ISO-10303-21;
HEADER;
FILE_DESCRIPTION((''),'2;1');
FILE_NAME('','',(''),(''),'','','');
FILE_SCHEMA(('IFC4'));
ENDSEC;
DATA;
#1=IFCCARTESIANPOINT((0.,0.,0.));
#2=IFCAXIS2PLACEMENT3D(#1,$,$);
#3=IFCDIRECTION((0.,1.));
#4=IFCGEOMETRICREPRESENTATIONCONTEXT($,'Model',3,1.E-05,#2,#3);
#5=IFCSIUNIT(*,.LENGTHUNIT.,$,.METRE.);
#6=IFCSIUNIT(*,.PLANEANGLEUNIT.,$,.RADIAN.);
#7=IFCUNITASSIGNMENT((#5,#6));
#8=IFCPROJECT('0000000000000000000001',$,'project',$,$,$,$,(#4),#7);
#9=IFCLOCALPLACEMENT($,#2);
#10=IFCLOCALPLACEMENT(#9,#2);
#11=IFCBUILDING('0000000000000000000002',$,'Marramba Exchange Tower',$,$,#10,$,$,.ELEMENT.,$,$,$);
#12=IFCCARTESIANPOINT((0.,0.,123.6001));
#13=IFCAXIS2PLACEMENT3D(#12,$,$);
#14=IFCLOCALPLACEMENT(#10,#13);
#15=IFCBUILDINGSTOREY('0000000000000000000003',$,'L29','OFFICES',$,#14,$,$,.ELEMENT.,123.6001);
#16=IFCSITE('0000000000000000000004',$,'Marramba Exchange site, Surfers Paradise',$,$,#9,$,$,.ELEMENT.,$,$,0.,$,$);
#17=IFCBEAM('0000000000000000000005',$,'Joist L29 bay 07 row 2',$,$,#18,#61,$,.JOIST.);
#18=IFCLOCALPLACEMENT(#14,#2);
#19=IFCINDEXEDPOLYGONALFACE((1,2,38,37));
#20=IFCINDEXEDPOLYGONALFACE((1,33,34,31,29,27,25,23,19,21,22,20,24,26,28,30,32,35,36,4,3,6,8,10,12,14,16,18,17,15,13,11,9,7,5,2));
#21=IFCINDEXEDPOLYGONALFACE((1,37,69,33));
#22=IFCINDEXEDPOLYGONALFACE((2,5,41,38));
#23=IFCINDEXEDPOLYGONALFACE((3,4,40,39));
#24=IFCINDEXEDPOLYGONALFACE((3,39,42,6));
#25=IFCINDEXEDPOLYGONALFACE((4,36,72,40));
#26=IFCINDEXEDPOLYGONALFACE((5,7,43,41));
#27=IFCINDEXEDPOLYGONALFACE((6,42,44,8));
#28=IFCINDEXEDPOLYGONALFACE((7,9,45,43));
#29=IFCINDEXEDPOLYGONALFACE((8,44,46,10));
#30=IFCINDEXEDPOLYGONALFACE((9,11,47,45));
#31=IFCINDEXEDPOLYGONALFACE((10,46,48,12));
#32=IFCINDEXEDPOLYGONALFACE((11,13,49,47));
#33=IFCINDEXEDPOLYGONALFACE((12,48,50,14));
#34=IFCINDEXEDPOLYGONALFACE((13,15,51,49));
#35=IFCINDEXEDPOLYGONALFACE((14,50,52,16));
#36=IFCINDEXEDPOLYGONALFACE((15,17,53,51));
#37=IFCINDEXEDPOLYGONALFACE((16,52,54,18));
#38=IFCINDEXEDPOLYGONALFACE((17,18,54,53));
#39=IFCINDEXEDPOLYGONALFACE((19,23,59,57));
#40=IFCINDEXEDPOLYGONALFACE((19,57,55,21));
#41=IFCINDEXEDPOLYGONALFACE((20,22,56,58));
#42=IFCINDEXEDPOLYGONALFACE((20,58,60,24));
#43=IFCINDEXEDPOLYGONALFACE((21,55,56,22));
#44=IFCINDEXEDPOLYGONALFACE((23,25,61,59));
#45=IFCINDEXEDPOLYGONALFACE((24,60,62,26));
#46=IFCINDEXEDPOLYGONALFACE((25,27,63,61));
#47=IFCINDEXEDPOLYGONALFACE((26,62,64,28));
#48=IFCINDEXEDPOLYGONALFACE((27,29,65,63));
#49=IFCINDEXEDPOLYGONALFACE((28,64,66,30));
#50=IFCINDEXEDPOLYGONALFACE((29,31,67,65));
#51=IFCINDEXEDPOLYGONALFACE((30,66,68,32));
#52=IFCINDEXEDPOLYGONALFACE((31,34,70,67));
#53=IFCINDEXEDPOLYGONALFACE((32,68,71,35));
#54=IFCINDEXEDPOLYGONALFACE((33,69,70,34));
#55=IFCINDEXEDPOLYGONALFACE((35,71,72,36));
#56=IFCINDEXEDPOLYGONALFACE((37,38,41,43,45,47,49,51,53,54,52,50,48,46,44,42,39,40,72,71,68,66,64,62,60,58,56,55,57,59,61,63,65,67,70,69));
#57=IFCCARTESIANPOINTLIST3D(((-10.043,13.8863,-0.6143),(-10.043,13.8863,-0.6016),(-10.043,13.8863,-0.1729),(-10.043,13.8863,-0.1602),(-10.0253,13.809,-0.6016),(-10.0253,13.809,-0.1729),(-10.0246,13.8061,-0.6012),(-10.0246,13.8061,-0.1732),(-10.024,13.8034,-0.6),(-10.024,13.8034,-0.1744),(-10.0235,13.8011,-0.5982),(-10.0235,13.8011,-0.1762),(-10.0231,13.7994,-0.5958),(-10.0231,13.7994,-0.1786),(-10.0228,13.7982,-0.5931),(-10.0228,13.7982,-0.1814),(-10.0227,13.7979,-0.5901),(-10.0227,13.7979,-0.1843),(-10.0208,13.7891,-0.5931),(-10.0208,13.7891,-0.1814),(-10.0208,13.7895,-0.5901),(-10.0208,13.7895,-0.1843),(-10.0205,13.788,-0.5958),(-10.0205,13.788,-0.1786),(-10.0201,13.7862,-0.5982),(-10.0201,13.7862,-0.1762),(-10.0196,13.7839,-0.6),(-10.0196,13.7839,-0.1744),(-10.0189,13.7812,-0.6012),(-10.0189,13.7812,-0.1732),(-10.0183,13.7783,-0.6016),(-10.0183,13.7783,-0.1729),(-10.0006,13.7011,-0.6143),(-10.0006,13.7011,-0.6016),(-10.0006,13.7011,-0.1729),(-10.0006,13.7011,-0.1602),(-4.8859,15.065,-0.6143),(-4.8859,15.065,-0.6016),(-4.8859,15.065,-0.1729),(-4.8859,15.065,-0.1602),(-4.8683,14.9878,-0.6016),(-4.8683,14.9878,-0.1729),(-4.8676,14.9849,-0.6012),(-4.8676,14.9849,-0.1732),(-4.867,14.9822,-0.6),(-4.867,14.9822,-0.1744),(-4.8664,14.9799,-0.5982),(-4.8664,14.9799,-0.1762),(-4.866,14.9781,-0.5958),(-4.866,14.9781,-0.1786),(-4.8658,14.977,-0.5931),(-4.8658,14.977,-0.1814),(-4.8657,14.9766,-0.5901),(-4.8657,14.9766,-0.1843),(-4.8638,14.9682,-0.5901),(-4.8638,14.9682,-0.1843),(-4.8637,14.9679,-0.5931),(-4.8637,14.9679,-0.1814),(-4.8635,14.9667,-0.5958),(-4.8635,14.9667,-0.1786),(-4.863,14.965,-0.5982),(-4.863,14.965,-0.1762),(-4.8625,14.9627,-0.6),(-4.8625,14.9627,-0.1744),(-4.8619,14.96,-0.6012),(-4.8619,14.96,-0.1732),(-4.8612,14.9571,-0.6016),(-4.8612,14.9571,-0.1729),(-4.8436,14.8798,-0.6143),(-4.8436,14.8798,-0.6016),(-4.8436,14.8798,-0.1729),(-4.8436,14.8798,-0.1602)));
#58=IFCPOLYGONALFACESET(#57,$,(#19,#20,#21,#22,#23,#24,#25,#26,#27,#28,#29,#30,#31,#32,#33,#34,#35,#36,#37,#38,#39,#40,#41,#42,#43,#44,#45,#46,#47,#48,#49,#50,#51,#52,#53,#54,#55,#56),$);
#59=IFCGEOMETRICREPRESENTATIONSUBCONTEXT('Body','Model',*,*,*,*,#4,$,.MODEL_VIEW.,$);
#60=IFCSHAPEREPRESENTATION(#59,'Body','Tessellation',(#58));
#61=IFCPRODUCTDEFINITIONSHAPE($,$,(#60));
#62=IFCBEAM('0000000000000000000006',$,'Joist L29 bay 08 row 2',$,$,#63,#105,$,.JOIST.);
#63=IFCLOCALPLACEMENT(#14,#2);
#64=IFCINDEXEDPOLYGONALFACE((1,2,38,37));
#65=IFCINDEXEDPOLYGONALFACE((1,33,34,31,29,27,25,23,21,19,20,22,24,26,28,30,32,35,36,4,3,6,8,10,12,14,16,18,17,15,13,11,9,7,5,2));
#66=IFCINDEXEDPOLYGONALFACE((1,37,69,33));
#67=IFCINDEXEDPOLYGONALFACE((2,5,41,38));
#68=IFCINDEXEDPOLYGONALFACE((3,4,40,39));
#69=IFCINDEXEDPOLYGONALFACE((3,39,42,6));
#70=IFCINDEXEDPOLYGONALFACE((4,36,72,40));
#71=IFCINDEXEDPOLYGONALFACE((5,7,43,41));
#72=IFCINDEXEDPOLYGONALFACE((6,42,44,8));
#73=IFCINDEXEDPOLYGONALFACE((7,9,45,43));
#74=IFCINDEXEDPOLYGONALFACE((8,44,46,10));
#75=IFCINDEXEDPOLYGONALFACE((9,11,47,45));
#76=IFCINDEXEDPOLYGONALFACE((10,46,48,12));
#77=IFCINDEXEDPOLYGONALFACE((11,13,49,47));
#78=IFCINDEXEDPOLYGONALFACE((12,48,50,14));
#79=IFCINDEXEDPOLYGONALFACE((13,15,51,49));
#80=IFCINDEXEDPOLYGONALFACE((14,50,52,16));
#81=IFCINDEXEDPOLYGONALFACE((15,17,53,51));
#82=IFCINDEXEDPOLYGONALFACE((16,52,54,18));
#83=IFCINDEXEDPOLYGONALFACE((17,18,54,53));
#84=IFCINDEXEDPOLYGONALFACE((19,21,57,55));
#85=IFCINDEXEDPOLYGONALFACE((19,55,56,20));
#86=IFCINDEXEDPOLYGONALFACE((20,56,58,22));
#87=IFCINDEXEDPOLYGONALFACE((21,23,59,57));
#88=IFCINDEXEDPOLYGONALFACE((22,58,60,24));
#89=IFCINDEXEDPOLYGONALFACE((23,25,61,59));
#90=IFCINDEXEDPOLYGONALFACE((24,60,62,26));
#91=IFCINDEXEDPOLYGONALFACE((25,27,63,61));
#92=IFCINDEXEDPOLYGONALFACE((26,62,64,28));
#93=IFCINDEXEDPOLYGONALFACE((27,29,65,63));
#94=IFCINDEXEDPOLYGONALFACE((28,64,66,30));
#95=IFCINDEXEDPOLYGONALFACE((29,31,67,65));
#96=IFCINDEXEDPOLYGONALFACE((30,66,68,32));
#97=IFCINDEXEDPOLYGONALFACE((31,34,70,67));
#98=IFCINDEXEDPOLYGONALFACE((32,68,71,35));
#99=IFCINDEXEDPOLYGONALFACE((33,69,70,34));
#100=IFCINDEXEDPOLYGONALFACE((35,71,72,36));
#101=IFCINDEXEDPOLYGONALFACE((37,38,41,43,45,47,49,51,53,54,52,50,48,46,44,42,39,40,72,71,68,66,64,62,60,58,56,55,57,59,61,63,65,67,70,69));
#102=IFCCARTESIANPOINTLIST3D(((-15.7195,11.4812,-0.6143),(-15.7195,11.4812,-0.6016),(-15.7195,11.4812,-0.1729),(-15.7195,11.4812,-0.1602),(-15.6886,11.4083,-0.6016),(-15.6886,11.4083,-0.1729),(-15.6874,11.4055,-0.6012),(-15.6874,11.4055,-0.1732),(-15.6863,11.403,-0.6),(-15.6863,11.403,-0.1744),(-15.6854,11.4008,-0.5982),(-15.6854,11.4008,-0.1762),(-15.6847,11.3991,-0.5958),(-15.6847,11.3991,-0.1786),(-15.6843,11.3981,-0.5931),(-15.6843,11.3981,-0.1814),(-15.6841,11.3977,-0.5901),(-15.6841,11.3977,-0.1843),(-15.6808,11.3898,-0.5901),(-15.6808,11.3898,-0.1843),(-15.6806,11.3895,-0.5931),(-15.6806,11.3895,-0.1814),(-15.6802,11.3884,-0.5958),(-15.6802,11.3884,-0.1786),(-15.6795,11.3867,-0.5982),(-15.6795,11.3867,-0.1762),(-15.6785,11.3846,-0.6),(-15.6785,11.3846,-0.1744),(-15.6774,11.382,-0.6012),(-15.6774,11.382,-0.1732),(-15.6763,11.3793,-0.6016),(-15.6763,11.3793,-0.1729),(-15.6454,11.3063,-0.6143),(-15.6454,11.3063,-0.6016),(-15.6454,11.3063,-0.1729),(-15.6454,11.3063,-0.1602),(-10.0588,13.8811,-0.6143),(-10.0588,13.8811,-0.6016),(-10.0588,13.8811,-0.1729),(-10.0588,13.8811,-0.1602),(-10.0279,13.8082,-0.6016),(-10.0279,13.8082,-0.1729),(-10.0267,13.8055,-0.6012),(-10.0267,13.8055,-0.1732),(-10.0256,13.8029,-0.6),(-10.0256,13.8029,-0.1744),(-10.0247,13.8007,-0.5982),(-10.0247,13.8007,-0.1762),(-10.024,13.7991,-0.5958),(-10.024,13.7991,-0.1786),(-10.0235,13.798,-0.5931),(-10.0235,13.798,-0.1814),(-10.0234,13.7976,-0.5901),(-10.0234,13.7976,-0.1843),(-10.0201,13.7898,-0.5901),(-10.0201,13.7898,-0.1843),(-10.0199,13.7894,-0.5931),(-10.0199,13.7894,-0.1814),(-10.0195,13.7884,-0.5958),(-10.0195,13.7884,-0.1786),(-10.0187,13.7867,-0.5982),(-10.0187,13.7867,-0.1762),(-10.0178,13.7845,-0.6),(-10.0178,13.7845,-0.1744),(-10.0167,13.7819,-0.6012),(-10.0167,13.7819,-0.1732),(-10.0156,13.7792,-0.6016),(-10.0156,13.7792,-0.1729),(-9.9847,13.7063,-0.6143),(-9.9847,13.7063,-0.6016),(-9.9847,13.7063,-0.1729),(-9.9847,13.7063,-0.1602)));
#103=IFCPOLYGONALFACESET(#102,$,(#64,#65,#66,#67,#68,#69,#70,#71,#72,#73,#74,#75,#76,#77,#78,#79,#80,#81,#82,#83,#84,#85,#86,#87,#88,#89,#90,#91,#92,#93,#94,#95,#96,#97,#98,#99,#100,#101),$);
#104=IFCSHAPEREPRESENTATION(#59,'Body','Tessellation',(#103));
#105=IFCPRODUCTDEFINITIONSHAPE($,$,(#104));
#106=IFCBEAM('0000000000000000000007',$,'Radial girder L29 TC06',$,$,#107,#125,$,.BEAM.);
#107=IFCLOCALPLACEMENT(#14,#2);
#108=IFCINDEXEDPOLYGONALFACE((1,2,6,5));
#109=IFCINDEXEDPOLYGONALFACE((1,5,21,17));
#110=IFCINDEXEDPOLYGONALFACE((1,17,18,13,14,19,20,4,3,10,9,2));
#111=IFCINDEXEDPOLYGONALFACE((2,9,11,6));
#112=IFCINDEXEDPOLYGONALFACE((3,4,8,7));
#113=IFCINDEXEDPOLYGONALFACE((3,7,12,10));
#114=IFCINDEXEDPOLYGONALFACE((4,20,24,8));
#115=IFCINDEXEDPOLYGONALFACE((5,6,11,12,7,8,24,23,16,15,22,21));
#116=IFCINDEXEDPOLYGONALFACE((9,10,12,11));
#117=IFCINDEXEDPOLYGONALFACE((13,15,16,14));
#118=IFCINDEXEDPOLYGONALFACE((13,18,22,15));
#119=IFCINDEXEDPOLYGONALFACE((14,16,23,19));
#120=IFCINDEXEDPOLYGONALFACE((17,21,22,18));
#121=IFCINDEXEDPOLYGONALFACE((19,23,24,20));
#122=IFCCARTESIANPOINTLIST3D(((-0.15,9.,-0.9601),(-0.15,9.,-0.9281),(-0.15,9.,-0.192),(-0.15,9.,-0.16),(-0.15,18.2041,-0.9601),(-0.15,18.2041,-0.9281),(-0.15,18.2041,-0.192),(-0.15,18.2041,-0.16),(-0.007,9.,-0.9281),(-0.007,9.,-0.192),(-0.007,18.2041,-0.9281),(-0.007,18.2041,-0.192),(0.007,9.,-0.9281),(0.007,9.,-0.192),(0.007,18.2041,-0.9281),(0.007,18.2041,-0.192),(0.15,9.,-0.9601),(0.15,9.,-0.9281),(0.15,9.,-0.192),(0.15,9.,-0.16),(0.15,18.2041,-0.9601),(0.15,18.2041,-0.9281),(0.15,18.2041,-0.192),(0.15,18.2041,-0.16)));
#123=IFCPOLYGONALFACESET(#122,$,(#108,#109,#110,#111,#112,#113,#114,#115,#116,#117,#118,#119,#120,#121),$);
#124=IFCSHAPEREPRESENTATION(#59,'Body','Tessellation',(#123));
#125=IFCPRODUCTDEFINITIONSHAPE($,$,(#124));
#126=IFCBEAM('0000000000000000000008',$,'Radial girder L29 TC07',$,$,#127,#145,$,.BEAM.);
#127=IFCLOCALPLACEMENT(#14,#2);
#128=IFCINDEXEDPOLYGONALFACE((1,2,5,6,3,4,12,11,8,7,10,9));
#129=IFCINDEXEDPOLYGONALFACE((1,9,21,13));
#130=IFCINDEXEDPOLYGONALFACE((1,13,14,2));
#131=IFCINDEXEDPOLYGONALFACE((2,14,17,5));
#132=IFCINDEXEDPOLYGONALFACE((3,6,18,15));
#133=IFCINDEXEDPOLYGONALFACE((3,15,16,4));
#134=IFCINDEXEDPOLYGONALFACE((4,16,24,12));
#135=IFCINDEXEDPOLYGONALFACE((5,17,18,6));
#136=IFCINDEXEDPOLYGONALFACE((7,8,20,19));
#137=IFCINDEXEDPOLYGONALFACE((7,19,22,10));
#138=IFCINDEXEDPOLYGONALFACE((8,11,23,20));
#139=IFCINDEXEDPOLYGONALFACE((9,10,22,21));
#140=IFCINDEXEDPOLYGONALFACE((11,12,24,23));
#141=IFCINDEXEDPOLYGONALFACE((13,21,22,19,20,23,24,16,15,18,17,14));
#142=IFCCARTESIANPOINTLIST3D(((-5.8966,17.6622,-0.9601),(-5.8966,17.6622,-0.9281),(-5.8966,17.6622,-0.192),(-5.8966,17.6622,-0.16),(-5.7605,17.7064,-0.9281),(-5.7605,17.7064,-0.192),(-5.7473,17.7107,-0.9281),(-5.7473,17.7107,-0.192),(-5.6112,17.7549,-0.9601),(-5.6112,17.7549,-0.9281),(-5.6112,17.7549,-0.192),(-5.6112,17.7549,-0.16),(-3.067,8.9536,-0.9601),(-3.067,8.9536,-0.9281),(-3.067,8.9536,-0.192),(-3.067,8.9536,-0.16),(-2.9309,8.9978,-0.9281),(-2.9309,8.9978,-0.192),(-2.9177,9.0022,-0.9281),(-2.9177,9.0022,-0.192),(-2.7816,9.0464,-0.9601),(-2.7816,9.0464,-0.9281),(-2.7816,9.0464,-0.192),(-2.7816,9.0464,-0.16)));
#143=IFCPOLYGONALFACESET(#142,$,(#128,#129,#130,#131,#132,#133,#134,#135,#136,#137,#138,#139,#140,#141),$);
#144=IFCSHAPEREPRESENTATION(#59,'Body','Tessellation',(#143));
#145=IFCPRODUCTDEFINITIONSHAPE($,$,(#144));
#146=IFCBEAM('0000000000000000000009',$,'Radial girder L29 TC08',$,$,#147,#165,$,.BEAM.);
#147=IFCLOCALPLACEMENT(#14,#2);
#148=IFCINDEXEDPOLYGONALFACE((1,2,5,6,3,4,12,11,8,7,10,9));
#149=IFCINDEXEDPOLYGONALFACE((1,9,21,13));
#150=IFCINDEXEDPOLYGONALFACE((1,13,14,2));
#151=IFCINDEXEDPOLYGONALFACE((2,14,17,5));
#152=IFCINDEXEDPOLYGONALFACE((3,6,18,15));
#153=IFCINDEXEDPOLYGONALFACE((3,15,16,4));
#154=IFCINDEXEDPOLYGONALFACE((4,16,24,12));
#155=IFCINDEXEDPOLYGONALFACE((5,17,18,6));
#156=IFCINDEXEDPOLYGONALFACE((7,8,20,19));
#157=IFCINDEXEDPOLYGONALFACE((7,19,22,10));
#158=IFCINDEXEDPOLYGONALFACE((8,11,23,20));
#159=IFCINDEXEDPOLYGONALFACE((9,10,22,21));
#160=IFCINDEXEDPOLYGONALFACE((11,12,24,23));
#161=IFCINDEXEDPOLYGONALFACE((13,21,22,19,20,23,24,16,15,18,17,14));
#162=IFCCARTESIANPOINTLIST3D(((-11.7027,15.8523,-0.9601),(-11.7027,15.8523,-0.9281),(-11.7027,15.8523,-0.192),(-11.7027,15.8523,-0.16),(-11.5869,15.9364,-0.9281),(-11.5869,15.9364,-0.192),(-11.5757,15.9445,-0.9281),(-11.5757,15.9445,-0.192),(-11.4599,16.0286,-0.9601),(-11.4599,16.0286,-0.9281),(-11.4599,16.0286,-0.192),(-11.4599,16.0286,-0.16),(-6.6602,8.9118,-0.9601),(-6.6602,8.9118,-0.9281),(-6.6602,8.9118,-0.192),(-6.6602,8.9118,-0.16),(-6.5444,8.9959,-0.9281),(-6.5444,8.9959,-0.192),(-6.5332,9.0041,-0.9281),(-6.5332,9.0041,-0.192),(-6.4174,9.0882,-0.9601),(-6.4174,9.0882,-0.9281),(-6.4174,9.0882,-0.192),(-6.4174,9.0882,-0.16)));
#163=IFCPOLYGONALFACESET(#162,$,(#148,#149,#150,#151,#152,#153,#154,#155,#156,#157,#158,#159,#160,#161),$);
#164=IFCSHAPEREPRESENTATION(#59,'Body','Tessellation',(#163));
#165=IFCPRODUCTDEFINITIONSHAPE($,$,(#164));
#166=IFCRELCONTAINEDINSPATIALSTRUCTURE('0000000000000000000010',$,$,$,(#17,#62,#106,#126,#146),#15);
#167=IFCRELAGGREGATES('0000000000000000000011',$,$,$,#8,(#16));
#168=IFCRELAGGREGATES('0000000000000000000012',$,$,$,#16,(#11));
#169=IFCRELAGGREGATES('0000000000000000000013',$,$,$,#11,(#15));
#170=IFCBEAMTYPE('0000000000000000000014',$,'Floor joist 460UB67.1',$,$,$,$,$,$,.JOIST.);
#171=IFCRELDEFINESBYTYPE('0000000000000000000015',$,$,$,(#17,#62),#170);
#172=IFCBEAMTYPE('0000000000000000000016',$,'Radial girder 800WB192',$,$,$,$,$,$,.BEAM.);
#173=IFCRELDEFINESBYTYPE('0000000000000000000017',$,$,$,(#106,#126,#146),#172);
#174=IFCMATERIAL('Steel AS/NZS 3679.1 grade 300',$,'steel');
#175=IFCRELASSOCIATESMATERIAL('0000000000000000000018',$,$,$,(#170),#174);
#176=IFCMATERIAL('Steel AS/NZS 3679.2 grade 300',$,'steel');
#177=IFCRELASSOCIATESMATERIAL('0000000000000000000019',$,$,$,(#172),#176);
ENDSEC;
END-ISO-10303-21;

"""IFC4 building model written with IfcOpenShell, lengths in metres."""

from ifc_helpers import new_model, si_unit, direction, frame, origin, origin_2d, place, context, subcontext, project, spatial, i_section, extrude, material, material_profile, profile_set, type_object, element, save


model = new_model("IFC4")

# Units and contexts
model_context = context("Model", 3, precision=1e-05, world=origin(), true_north=direction((0.0, 1.0)))
body_context = subcontext(model_context, "Body", "Model", "MODEL_VIEW")
ifc_project = project(units=[si_unit("LENGTHUNIT", "METRE"), si_unit("PLANEANGLEUNIT", "RADIAN")], contexts=[model_context])

# Site, building, storey
site_placement = place(None, origin())
site = spatial("IfcSite", under=ifc_project, at=site_placement, Name="Marramba Exchange site, Surfers Paradise", CompositionType="ELEMENT", RefElevation=0.0)
building_placement = place(site_placement, origin())
building = spatial("IfcBuilding", under=site, at=building_placement, Name="Marramba Exchange Tower", CompositionType="ELEMENT")
storey_placement = place(building_placement, frame((0.0, 0.0, 123.6001)))
storey = spatial("IfcBuildingStorey", under=building, at=storey_placement, Name="L29", Description="OFFICES", CompositionType="ELEMENT", Elevation=123.6001)

# Beams
ifc_material_1 = material(Name="Steel AS/NZS 3679.1 grade 300", Category="steel")
ifc_material_profile_1 = material_profile(ifc_material_1, i_section(OverallWidth=0.1899, OverallDepth=0.4541, WebThickness=0.0085, FlangeThickness=0.0127, FilletRadius=0.0115, at=origin_2d()), Name="460UB67.1")
ifc_profile_set_1 = profile_set([ifc_material_profile_1], Name="Steel AS/NZS 3679.1 grade 300")
beam_type_1 = type_object("IfcBeamType", Name="Floor joist 460UB67.1", PredefinedType="JOIST", material=ifc_profile_set_1)
beam_1_placement = place(storey_placement, frame((-4.8647, 14.9724, -0.3872), z_axis=(-0.97486, -0.22282, 0.0), x_axis=(0.22282, -0.97486, 0.0)))
element("IfcBeam", 1, at=beam_1_placement, inside=storey, type_object=beam_type_1, Name="Joist L29 bay 07 row 2", PredefinedType="JOIST", context=body_context, shape_type="SweptSolid", body=[
    extrude(i_section(OverallWidth=0.1899, OverallDepth=0.4541, WebThickness=0.0085, FlangeThickness=0.0127, FilletRadius=0.0115, at=origin_2d()), origin(), (0.0, 0.0, 1.0), 5.29),
])
beam_2_placement = place(storey_placement, frame((-10.0217, 13.7937, -0.3872), z_axis=(-0.920674, -0.390332, 0.0), x_axis=(0.390332, -0.920674, 0.0)))
element("IfcBeam", 2, at=beam_2_placement, inside=storey, type_object=beam_type_1, Name="Joist L29 bay 08 row 2", PredefinedType="JOIST", context=body_context, shape_type="SweptSolid", body=[
    extrude(i_section(OverallWidth=0.1899, OverallDepth=0.4541, WebThickness=0.0085, FlangeThickness=0.0127, FilletRadius=0.0115, at=origin_2d()), origin(), (0.0, 0.0, 1.0), 6.1484),
])
ifc_material_2 = material(Name="Steel AS/NZS 3679.2 grade 300", Category="steel")
ifc_material_profile_2 = material_profile(ifc_material_2, i_section(OverallWidth=0.3, OverallDepth=0.8, WebThickness=0.0139, FlangeThickness=0.032, at=origin_2d()), Name="800WB192")
ifc_profile_set_2 = profile_set([ifc_material_profile_2], Name="Steel AS/NZS 3679.2 grade 300")
beam_type_2 = type_object("IfcBeamType", Name="Radial girder 800WB192", PredefinedType="BEAM", material=ifc_profile_set_2)
beam_3_placement = place(storey_placement, frame((0.0, 9.0, -0.5601), z_axis=(0.0, 1.0, 0.0), x_axis=(-1.0, 0.0, 0.0)))
element("IfcBeam", 3, at=beam_3_placement, inside=storey, type_object=beam_type_2, Name="Radial girder L29 TC06", PredefinedType="BEAM", context=body_context, shape_type="SweptSolid", body=[
    extrude(i_section(OverallWidth=0.3, OverallDepth=0.8, WebThickness=0.0139, FlangeThickness=0.032, at=origin_2d()), origin(), (0.0, 0.0, 1.0), 9.2041),
])
beam_4_placement = place(storey_placement, frame((-2.9243, 9.0, -0.5601), z_axis=(-0.30902, 0.951056, 0.0), x_axis=(-0.951056, -0.30902, 0.0)))
element("IfcBeam", 4, at=beam_4_placement, inside=storey, type_object=beam_type_2, Name="Radial girder L29 TC07", PredefinedType="BEAM", context=body_context, shape_type="SweptSolid", body=[
    extrude(i_section(OverallWidth=0.3, OverallDepth=0.8, WebThickness=0.0139, FlangeThickness=0.032, at=origin_2d()), origin(), (0.0, 0.0, 1.0), 9.1567),
])
beam_5_placement = place(storey_placement, frame((-6.5388, 9.0, -0.5601), z_axis=(-0.587782, 0.809019, 0.0), x_axis=(-0.809019, -0.587782, 0.0)))
element("IfcBeam", 5, at=beam_5_placement, inside=storey, type_object=beam_type_2, Name="Radial girder L29 TC08", PredefinedType="BEAM", context=body_context, shape_type="SweptSolid", body=[
    extrude(i_section(OverallWidth=0.3, OverallDepth=0.8, WebThickness=0.0139, FlangeThickness=0.032, at=origin_2d()), origin(), (0.0, 0.0, 1.0), 8.5789),
])

save(model, "model.ifc")
